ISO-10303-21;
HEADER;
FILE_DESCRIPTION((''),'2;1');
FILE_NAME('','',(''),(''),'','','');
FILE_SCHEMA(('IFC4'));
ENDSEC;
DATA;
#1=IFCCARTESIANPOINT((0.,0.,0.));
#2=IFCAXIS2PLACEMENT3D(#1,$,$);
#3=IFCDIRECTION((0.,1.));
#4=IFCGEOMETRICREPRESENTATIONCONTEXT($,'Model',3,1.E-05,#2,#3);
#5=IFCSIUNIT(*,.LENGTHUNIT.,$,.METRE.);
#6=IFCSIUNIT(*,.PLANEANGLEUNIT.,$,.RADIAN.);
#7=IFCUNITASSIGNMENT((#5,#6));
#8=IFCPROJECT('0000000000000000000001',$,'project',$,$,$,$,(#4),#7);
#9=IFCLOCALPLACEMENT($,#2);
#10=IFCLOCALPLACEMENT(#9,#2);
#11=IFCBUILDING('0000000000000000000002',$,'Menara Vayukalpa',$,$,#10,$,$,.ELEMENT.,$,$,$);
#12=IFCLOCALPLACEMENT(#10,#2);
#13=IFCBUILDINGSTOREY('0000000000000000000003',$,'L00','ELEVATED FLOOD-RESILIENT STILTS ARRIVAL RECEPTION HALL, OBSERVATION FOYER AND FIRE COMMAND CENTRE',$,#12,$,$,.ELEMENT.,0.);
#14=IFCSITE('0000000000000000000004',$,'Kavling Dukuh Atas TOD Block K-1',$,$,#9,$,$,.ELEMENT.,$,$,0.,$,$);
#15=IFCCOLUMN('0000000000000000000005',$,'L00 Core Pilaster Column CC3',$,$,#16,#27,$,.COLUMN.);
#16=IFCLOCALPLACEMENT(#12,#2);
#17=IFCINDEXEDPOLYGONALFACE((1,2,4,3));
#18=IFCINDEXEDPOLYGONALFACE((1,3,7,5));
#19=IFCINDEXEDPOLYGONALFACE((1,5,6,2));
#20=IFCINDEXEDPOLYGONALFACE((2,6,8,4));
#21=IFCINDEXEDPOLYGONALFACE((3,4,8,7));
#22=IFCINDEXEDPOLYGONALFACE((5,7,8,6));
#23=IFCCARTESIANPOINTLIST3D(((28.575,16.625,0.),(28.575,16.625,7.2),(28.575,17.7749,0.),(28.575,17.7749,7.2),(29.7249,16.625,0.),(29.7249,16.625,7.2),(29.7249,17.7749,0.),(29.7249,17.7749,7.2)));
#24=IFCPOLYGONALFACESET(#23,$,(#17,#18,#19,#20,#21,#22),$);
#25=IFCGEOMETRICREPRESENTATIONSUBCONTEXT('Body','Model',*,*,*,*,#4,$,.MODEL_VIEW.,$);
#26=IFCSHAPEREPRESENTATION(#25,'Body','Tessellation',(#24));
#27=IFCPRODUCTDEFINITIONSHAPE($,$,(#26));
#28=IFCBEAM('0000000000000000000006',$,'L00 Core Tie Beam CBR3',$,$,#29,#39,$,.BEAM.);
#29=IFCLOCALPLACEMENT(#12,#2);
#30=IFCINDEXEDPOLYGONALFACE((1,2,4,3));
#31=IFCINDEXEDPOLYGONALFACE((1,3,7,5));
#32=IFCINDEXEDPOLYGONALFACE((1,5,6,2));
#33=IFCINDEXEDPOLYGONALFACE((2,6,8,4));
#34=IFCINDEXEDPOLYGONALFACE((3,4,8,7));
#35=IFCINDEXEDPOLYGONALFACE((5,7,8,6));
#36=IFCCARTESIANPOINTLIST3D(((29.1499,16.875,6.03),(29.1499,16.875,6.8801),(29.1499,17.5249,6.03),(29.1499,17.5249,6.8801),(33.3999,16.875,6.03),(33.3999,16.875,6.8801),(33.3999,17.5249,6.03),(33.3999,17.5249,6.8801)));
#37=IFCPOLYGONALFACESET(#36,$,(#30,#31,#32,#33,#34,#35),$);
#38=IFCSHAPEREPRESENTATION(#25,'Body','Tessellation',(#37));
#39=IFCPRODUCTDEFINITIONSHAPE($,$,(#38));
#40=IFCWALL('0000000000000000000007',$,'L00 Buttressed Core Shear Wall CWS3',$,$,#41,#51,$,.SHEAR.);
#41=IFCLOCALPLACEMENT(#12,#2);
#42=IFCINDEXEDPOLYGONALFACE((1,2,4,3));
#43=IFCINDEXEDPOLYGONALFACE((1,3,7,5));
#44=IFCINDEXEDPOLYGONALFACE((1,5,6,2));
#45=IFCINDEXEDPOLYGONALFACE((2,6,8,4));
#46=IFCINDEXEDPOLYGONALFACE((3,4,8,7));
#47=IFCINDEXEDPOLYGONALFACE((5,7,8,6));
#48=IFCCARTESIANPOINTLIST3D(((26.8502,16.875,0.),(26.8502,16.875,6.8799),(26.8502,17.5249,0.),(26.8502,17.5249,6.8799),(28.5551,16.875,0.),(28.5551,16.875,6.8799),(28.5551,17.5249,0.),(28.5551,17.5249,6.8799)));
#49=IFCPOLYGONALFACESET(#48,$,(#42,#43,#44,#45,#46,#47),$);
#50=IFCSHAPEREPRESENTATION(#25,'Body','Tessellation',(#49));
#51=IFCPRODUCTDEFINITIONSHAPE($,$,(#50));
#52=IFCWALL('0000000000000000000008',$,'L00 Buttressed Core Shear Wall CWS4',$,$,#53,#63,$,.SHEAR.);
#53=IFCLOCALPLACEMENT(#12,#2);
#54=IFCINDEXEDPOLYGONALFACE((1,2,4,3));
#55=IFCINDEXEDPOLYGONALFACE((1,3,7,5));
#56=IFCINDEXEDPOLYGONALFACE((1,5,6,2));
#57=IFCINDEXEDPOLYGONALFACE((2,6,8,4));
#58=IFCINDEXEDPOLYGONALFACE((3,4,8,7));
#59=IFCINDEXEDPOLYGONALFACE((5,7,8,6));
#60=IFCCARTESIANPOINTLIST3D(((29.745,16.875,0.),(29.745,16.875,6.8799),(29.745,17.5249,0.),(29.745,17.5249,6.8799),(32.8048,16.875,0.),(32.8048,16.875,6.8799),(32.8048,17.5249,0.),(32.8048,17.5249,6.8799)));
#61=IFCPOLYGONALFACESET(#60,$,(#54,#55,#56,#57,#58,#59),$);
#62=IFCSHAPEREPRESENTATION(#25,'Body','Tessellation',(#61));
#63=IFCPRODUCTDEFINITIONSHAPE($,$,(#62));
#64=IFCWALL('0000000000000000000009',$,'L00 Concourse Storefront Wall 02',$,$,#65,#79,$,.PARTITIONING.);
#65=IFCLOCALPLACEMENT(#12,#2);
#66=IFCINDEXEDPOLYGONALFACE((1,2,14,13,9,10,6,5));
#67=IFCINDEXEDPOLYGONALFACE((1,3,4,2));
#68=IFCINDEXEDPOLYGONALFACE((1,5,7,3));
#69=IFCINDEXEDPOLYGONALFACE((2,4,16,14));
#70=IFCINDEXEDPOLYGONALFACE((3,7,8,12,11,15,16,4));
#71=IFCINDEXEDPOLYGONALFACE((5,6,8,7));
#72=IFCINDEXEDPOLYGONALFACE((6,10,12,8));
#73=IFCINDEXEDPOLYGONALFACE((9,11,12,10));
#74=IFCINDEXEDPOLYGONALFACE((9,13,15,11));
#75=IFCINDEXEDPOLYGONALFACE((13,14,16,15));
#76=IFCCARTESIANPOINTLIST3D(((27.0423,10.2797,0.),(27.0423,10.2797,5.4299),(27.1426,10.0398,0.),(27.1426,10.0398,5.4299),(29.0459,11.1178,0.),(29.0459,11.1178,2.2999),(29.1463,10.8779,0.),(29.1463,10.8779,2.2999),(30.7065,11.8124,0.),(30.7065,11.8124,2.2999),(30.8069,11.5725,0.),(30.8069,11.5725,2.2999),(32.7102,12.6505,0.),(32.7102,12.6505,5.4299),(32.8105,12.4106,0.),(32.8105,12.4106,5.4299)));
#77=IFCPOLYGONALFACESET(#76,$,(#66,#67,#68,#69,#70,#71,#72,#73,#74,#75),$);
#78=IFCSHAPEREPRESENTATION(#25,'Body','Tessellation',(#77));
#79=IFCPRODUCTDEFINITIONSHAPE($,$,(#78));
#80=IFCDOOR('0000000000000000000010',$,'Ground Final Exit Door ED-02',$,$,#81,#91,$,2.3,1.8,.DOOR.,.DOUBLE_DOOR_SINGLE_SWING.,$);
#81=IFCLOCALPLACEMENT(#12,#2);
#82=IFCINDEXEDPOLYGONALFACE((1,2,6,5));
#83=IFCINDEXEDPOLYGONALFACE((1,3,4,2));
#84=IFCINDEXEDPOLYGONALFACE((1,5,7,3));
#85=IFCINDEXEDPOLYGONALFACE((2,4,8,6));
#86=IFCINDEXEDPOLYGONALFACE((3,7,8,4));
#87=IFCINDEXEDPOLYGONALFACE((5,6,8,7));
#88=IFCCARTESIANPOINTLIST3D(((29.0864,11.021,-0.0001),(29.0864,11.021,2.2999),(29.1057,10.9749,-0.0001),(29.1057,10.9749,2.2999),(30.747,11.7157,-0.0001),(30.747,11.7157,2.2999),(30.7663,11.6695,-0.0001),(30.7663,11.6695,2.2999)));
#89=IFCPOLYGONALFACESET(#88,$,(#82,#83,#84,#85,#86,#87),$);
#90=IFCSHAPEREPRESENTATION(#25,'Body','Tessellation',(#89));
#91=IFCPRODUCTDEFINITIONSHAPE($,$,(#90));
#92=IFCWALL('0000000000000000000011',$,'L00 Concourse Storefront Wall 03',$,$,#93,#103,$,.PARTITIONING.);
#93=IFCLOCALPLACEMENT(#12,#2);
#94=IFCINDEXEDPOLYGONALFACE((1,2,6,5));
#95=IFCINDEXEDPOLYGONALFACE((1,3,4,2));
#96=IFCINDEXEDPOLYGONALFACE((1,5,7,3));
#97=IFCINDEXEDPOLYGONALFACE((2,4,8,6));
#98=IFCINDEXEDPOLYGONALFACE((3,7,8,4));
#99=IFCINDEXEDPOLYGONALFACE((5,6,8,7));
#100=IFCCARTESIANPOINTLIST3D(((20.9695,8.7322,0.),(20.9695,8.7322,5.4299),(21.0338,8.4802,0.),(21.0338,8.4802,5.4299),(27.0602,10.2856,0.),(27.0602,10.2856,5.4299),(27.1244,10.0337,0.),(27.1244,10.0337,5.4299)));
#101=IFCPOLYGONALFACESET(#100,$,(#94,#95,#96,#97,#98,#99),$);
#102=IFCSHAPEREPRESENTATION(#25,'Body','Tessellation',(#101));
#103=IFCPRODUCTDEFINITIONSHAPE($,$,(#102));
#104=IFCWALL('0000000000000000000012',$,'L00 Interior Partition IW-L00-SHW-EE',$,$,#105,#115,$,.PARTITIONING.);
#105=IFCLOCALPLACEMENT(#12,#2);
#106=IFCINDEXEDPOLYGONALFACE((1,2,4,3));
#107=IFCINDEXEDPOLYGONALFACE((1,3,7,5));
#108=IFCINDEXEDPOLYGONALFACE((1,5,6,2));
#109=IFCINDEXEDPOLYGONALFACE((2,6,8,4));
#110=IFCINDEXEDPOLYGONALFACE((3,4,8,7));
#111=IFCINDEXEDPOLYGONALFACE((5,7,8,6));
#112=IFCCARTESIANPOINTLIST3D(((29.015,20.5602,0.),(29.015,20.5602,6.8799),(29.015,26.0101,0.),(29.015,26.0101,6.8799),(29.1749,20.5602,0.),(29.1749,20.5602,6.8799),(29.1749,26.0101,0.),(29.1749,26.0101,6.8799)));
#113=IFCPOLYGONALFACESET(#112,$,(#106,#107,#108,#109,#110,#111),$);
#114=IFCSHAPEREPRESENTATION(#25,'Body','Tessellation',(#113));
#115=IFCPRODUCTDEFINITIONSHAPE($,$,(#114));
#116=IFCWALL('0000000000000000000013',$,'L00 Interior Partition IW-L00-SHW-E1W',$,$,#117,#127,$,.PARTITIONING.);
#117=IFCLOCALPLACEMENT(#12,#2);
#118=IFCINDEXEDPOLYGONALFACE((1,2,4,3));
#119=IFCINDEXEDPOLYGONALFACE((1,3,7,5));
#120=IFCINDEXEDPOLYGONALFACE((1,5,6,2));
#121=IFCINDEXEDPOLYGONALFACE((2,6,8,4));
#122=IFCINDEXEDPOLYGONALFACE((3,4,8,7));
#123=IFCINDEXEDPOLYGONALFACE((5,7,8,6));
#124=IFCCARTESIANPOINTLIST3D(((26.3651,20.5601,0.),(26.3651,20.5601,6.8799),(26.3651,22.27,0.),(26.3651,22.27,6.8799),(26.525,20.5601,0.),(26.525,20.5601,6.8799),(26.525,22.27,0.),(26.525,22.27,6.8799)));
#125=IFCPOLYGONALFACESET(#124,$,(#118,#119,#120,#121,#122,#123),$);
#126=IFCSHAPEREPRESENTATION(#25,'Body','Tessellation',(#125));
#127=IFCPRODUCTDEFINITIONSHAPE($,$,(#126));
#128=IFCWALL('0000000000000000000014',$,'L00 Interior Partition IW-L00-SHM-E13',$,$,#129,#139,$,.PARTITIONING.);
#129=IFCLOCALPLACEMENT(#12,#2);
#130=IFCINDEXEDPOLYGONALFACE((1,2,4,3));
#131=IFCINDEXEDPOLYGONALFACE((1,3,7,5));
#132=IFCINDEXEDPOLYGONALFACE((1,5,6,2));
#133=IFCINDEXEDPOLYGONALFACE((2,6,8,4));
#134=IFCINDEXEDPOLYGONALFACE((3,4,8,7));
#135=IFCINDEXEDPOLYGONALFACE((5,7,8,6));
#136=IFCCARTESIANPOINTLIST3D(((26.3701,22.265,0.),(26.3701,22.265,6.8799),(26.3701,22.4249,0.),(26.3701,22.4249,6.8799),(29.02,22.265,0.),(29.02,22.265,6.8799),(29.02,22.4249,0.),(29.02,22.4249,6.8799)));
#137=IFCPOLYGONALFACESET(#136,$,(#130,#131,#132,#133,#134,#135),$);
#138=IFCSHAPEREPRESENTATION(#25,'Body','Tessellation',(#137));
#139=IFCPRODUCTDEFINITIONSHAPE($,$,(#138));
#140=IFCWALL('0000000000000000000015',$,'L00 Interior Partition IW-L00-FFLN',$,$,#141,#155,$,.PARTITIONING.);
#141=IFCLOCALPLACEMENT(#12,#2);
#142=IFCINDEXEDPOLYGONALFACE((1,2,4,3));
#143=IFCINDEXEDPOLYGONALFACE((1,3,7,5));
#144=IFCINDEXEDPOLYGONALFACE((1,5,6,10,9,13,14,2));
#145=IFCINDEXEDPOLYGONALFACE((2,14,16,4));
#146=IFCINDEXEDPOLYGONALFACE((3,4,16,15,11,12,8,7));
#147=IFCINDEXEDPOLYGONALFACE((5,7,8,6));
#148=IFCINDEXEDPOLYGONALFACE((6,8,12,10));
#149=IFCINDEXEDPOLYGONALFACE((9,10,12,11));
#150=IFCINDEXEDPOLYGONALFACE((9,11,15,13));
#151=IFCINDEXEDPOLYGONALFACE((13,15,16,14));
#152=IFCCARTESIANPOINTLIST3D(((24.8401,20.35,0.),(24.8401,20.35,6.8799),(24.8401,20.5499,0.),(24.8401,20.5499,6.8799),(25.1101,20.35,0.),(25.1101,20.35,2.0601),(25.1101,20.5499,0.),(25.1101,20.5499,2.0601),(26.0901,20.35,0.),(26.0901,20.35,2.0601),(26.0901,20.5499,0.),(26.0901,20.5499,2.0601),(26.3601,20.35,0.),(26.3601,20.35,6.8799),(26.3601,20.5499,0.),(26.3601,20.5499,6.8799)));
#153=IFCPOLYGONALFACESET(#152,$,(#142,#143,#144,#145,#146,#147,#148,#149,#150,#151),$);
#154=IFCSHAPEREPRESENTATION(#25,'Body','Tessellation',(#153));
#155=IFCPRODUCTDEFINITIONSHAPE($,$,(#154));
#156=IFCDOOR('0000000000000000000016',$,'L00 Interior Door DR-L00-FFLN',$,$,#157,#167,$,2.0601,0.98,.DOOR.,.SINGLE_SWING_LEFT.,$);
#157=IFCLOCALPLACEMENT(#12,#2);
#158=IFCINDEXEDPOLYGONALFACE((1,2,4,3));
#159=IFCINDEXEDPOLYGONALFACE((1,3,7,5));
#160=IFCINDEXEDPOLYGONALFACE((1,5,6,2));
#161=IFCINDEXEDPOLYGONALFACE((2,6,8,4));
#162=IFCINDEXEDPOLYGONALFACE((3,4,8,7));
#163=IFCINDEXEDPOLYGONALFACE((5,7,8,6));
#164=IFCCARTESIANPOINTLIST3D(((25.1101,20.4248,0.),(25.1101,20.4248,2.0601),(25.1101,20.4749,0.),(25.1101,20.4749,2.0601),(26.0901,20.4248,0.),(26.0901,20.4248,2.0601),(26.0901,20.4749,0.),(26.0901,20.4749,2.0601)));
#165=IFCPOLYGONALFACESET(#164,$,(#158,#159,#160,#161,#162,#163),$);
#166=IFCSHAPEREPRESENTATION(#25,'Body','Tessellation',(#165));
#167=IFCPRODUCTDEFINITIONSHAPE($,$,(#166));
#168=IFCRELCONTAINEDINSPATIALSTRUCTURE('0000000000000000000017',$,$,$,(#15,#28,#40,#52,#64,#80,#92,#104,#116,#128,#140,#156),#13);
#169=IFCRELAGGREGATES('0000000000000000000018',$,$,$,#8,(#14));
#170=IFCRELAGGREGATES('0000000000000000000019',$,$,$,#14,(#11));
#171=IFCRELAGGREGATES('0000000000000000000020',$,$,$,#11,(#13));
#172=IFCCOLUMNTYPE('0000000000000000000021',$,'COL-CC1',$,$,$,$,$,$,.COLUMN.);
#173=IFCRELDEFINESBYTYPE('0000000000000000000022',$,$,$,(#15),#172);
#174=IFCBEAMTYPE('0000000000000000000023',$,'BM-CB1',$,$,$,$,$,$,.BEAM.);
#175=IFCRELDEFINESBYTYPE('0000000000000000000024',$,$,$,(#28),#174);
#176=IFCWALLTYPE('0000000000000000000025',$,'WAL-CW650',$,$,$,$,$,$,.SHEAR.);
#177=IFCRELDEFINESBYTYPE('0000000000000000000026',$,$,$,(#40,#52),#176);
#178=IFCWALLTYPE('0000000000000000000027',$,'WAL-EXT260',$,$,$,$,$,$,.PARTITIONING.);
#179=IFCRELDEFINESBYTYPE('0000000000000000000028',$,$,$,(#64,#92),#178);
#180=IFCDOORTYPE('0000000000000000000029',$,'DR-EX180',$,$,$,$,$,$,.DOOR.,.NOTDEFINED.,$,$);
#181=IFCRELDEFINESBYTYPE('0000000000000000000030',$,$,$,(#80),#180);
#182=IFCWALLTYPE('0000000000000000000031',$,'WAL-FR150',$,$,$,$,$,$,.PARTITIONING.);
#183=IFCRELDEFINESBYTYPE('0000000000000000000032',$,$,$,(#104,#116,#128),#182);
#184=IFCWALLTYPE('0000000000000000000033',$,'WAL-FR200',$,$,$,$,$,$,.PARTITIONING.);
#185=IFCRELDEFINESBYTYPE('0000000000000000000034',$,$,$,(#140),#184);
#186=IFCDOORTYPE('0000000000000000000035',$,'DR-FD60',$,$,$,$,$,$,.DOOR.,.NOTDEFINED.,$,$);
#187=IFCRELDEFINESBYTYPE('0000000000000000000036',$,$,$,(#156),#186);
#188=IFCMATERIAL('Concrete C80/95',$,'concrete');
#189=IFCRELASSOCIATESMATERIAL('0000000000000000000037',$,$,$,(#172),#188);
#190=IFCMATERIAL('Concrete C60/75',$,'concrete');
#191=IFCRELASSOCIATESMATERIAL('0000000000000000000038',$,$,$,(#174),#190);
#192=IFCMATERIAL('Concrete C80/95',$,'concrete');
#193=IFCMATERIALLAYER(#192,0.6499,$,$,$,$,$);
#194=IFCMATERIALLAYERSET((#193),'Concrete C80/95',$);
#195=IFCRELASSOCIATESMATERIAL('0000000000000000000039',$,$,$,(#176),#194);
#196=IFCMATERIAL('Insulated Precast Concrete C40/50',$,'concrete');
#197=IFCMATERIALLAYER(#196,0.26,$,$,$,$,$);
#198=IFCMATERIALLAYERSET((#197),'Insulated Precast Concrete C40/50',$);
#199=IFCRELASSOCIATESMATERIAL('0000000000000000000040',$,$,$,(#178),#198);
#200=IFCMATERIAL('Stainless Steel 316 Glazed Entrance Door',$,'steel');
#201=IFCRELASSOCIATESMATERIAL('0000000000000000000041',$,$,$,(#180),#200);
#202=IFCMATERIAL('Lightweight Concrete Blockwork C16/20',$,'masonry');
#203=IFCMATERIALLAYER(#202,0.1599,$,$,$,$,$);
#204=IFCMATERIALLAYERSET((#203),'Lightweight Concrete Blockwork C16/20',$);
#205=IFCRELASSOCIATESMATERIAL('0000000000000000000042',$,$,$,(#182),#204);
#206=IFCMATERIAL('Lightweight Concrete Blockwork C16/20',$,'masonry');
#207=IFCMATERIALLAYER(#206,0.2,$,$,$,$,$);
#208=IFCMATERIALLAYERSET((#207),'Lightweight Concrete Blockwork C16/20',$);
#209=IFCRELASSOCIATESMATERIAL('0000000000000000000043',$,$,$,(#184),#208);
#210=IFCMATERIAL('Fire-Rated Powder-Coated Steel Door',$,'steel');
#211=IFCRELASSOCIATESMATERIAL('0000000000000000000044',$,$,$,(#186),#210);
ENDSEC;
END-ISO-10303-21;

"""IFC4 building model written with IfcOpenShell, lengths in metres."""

from ifc_helpers import new_model, si_unit, direction, frame, frame_2d, origin, origin_2d, place, context, subcontext, project, spatial, rectangle, extrude, material, layer, layer_set, material_profile, profile_set, type_object, element, fill, save


model = new_model("IFC4")

# Units and contexts
model_context = context("Model", 3, precision=1e-05, world=origin(), true_north=direction((0.0, 1.0)))
body_context = subcontext(model_context, "Body", "Model", "MODEL_VIEW")
ifc_project = project(units=[si_unit("LENGTHUNIT", "METRE"), si_unit("PLANEANGLEUNIT", "RADIAN")], contexts=[model_context])

# Site, building, storey
site_placement = place(None, origin())
site = spatial("IfcSite", under=ifc_project, at=site_placement, Name="Kavling Dukuh Atas TOD Block K-1", CompositionType="ELEMENT", RefElevation=0.0)
building_placement = place(site_placement, origin())
building = spatial("IfcBuilding", under=site, at=building_placement, Name="Menara Vayukalpa", CompositionType="ELEMENT")
storey_placement = place(building_placement, origin())
storey = spatial("IfcBuildingStorey", under=building, at=storey_placement, Name="L00", Description="ELEVATED FLOOD-RESILIENT STILTS ARRIVAL RECEPTION HALL, OBSERVATION FOYER AND FIRE COMMAND CENTRE", CompositionType="ELEMENT", Elevation=0.0)

# Column
ifc_material_1 = material(Name="Concrete C80/95", Category="concrete")
ifc_material_profile_1 = material_profile(ifc_material_1, rectangle(XDim=1.1499, YDim=1.1499, at=origin_2d()), Name="RC 1150x1150")
ifc_profile_set_1 = profile_set([ifc_material_profile_1], Name="Concrete C80/95")
column_type = type_object("IfcColumnType", Name="COL-CC1", PredefinedType="COLUMN", material=ifc_profile_set_1)
column_placement = place(storey_placement, frame((29.1499, 17.2, 0.0), z_axis=(0.0, 0.0, 1.0), x_axis=(1.0, 0.0, 0.0)))
element("IfcColumn", 1, at=column_placement, inside=storey, type_object=column_type, Name="L00 Core Pilaster Column CC3", PredefinedType="COLUMN", context=body_context, shape_type="SweptSolid", body=[
    extrude(rectangle(XDim=1.1499, YDim=1.1499, at=origin_2d()), origin(), (0.0, 0.0, 1.0), 7.2),
])

# Beam
ifc_material_2 = material(Name="Concrete C60/75", Category="concrete")
ifc_material_profile_2 = material_profile(ifc_material_2, rectangle(XDim=0.6499, YDim=0.8501, at=origin_2d()), Name="RC 650x850")
ifc_profile_set_2 = profile_set([ifc_material_profile_2], Name="Concrete C60/75")
beam_type = type_object("IfcBeamType", Name="BM-CB1", PredefinedType="BEAM", material=ifc_profile_set_2)
beam_placement = place(storey_placement, frame((29.1499, 17.2, 6.4551), z_axis=(1.0, 0.0, 0.0), x_axis=(0.0, 1.0, 0.0)))
element("IfcBeam", 2, at=beam_placement, inside=storey, type_object=beam_type, Name="L00 Core Tie Beam CBR3", PredefinedType="BEAM", context=body_context, shape_type="SweptSolid", body=[
    extrude(rectangle(XDim=0.6499, YDim=0.8501, at=origin_2d()), origin(), (0.0, 0.0, 1.0), 4.25),
])

# Walls
ifc_material_3 = material(Name="Concrete C80/95", Category="concrete")
ifc_layer_1 = layer(ifc_material_3, 0.6499)
ifc_layer_set_1 = layer_set([ifc_layer_1], Name="Concrete C80/95")
wall_type_1 = type_object("IfcWallType", Name="WAL-CW650", PredefinedType="SHEAR", material=ifc_layer_set_1)
wall_1_placement = place(storey_placement, frame((26.8501, 17.2, 0.0), z_axis=(0.0, 0.0, 1.0), x_axis=(1.0, 0.0, 0.0)))
element("IfcWall", 3, at=wall_1_placement, inside=storey, type_object=wall_type_1, Name="L00 Buttressed Core Shear Wall CWS3", PredefinedType="SHEAR", context=body_context, shape_type="SweptSolid", body=[
    extrude(rectangle(XDim=1.7048, YDim=0.6499, at=frame_2d((0.8525, 0.0))), origin(), (0.0, 0.0, 1.0), 6.8799),
])
wall_2_placement = place(storey_placement, frame((29.7451, 17.2, 0.0), z_axis=(0.0, 0.0, 1.0), x_axis=(1.0, 0.0, 0.0)))
element("IfcWall", 4, at=wall_2_placement, inside=storey, type_object=wall_type_1, Name="L00 Buttressed Core Shear Wall CWS4", PredefinedType="SHEAR", context=body_context, shape_type="SweptSolid", body=[
    extrude(rectangle(XDim=3.0598, YDim=0.6499, at=frame_2d((1.5298, 0.0))), origin(), (0.0, 0.0, 1.0), 6.8799),
])

# Wall, opening, door
ifc_material_4 = material(Name="Insulated Precast Concrete C40/50", Category="concrete")
ifc_layer_2 = layer(ifc_material_4, 0.26)
ifc_layer_set_2 = layer_set([ifc_layer_2], Name="Insulated Precast Concrete C40/50")
wall_type_2 = type_object("IfcWallType", Name="WAL-EXT260", PredefinedType="PARTITIONING", material=ifc_layer_set_2)
wall_3_placement = place(storey_placement, frame((32.7603, 12.5305, 0.0), z_axis=(0.0, 0.0, 1.0), x_axis=(-0.922545, -0.38589, 0.0)))
wall_3 = element("IfcWall", 5, at=wall_3_placement, inside=storey, type_object=wall_type_2, Name="L00 Concourse Storefront Wall 02", PredefinedType="PARTITIONING", context=body_context, shape_type="SweptSolid", body=[
    extrude(rectangle(XDim=6.1438, YDim=0.26, at=frame_2d((3.0718, 0.0))), origin(), (0.0, 0.0, 1.0), 5.4299),
])
opening_1_placement = place(wall_3_placement, frame((2.1719, 0.0, 0.0)))
opening_1 = element("IfcOpeningElement", 6, at=opening_1_placement, cuts=wall_3, PredefinedType="OPENING", context=body_context, shape_type="SweptSolid", body=[
    extrude(rectangle(XDim=1.8, YDim=2.3, at=frame_2d((0.8999, 1.1499))), frame((0.0, 0.1399, 0.0), z_axis=(0.0, -1.0, 0.0), x_axis=(1.0, 0.0, 0.0)), (0.0, 0.0, 1.0), 0.28),
])
ifc_material_5 = material(Name="Stainless Steel 316 Glazed Entrance Door", Category="steel")
door_type_1 = type_object("IfcDoorType", Name="DR-EX180", OperationType="NOTDEFINED", PredefinedType="DOOR", material=ifc_material_5)
door_1_placement = place(opening_1_placement, origin())
door_1 = element("IfcDoor", 7, at=door_1_placement, inside=storey, type_object=door_type_1, Name="Ground Final Exit Door ED-02", OperationType="DOUBLE_DOOR_SINGLE_SWING", OverallHeight=2.3, OverallWidth=1.8, PredefinedType="DOOR", context=body_context, shape_type="SweptSolid", body=[
    extrude(rectangle(XDim=1.8, YDim=2.3, at=frame_2d((0.8999, 1.1499))), frame((0.0, 0.0249, 0.0), z_axis=(0.0, -1.0, 0.0), x_axis=(1.0, 0.0, 0.0)), (0.0, 0.0, 1.0), 0.05),
])
fill(opening_1, door_1)

# Walls
wall_4_placement = place(storey_placement, frame((27.0923, 10.1597, 0.0), z_axis=(0.0, 0.0, 1.0), x_axis=(-0.968978, -0.247148, 0.0)))
element("IfcWall", 8, at=wall_4_placement, inside=storey, type_object=wall_type_2, Name="L00 Concourse Storefront Wall 03", PredefinedType="PARTITIONING", context=body_context, shape_type="SweptSolid", body=[
    extrude(rectangle(XDim=6.2856, YDim=0.26, at=frame_2d((3.1428, 0.0))), origin(), (0.0, 0.0, 1.0), 5.4299),
])
ifc_material_6 = material(Name="Lightweight Concrete Blockwork C16/20", Category="masonry")
ifc_layer_3 = layer(ifc_material_6, 0.1599)
ifc_layer_set_3 = layer_set([ifc_layer_3], Name="Lightweight Concrete Blockwork C16/20")
wall_type_3 = type_object("IfcWallType", Name="WAL-FR150", PredefinedType="PARTITIONING", material=ifc_layer_set_3)
wall_5_placement = place(storey_placement, frame((29.095, 20.5601, 0.0), z_axis=(0.0, 0.0, 1.0), x_axis=(0.0, 1.0, 0.0)))
element("IfcWall", 9, at=wall_5_placement, inside=storey, type_object=wall_type_3, Name="L00 Interior Partition IW-L00-SHW-EE", PredefinedType="PARTITIONING", context=body_context, shape_type="SweptSolid", body=[
    extrude(rectangle(XDim=5.45, YDim=0.1599, at=frame_2d((2.7251, 0.0))), origin(), (0.0, 0.0, 1.0), 6.8799),
])
wall_6_placement = place(storey_placement, frame((26.4451, 20.5601, 0.0), z_axis=(0.0, 0.0, 1.0), x_axis=(0.0, 1.0, 0.0)))
element("IfcWall", 10, at=wall_6_placement, inside=storey, type_object=wall_type_3, Name="L00 Interior Partition IW-L00-SHW-E1W", PredefinedType="PARTITIONING", context=body_context, shape_type="SweptSolid", body=[
    extrude(rectangle(XDim=1.71, YDim=0.1599, at=frame_2d((0.855, 0.0))), origin(), (0.0, 0.0, 1.0), 6.8799),
])
wall_7_placement = place(storey_placement, frame((26.3701, 22.345, 0.0), z_axis=(0.0, 0.0, 1.0), x_axis=(1.0, 0.0, 0.0)))
element("IfcWall", 11, at=wall_7_placement, inside=storey, type_object=wall_type_3, Name="L00 Interior Partition IW-L00-SHM-E13", PredefinedType="PARTITIONING", context=body_context, shape_type="SweptSolid", body=[
    extrude(rectangle(XDim=2.6499, YDim=0.1599, at=frame_2d((1.325, 0.0))), origin(), (0.0, 0.0, 1.0), 6.8799),
])

# Wall, opening, door
ifc_material_7 = material(Name="Lightweight Concrete Blockwork C16/20", Category="masonry")
ifc_layer_4 = layer(ifc_material_7, 0.2)
ifc_layer_set_4 = layer_set([ifc_layer_4], Name="Lightweight Concrete Blockwork C16/20")
wall_type_4 = type_object("IfcWallType", Name="WAL-FR200", PredefinedType="PARTITIONING", material=ifc_layer_set_4)
wall_8_placement = place(storey_placement, frame((24.8401, 20.45, 0.0), z_axis=(0.0, 0.0, 1.0), x_axis=(1.0, 0.0, 0.0)))
wall_8 = element("IfcWall", 12, at=wall_8_placement, inside=storey, type_object=wall_type_4, Name="L00 Interior Partition IW-L00-FFLN", PredefinedType="PARTITIONING", context=body_context, shape_type="SweptSolid", body=[
    extrude(rectangle(XDim=1.52, YDim=0.2, at=frame_2d((0.76, 0.0))), origin(), (0.0, 0.0, 1.0), 6.8799),
])
opening_2_placement = place(wall_8_placement, frame((0.27, 0.0, 0.0)))
opening_2 = element("IfcOpeningElement", 13, at=opening_2_placement, cuts=wall_8, PredefinedType="OPENING", context=body_context, shape_type="SweptSolid", body=[
    extrude(rectangle(XDim=0.98, YDim=2.0601, at=frame_2d((0.49, 1.03))), frame((0.0, 0.1099, 0.0), z_axis=(0.0, -1.0, 0.0), x_axis=(1.0, 0.0, 0.0)), (0.0, 0.0, 1.0), 0.22),
])
ifc_material_8 = material(Name="Fire-Rated Powder-Coated Steel Door", Category="steel")
door_type_2 = type_object("IfcDoorType", Name="DR-FD60", OperationType="NOTDEFINED", PredefinedType="DOOR", material=ifc_material_8)
door_2_placement = place(opening_2_placement, origin())
door_2 = element("IfcDoor", 14, at=door_2_placement, inside=storey, type_object=door_type_2, Name="L00 Interior Door DR-L00-FFLN", OperationType="SINGLE_SWING_LEFT", OverallHeight=2.0601, OverallWidth=0.98, PredefinedType="DOOR", context=body_context, shape_type="SweptSolid", body=[
    extrude(rectangle(XDim=0.98, YDim=2.0601, at=frame_2d((0.49, 1.03))), frame((0.0, 0.0249, 0.0), z_axis=(0.0, -1.0, 0.0), x_axis=(1.0, 0.0, 0.0)), (0.0, 0.0, 1.0), 0.05),
])
fill(opening_2, door_2)

save(model, "model.ifc")
